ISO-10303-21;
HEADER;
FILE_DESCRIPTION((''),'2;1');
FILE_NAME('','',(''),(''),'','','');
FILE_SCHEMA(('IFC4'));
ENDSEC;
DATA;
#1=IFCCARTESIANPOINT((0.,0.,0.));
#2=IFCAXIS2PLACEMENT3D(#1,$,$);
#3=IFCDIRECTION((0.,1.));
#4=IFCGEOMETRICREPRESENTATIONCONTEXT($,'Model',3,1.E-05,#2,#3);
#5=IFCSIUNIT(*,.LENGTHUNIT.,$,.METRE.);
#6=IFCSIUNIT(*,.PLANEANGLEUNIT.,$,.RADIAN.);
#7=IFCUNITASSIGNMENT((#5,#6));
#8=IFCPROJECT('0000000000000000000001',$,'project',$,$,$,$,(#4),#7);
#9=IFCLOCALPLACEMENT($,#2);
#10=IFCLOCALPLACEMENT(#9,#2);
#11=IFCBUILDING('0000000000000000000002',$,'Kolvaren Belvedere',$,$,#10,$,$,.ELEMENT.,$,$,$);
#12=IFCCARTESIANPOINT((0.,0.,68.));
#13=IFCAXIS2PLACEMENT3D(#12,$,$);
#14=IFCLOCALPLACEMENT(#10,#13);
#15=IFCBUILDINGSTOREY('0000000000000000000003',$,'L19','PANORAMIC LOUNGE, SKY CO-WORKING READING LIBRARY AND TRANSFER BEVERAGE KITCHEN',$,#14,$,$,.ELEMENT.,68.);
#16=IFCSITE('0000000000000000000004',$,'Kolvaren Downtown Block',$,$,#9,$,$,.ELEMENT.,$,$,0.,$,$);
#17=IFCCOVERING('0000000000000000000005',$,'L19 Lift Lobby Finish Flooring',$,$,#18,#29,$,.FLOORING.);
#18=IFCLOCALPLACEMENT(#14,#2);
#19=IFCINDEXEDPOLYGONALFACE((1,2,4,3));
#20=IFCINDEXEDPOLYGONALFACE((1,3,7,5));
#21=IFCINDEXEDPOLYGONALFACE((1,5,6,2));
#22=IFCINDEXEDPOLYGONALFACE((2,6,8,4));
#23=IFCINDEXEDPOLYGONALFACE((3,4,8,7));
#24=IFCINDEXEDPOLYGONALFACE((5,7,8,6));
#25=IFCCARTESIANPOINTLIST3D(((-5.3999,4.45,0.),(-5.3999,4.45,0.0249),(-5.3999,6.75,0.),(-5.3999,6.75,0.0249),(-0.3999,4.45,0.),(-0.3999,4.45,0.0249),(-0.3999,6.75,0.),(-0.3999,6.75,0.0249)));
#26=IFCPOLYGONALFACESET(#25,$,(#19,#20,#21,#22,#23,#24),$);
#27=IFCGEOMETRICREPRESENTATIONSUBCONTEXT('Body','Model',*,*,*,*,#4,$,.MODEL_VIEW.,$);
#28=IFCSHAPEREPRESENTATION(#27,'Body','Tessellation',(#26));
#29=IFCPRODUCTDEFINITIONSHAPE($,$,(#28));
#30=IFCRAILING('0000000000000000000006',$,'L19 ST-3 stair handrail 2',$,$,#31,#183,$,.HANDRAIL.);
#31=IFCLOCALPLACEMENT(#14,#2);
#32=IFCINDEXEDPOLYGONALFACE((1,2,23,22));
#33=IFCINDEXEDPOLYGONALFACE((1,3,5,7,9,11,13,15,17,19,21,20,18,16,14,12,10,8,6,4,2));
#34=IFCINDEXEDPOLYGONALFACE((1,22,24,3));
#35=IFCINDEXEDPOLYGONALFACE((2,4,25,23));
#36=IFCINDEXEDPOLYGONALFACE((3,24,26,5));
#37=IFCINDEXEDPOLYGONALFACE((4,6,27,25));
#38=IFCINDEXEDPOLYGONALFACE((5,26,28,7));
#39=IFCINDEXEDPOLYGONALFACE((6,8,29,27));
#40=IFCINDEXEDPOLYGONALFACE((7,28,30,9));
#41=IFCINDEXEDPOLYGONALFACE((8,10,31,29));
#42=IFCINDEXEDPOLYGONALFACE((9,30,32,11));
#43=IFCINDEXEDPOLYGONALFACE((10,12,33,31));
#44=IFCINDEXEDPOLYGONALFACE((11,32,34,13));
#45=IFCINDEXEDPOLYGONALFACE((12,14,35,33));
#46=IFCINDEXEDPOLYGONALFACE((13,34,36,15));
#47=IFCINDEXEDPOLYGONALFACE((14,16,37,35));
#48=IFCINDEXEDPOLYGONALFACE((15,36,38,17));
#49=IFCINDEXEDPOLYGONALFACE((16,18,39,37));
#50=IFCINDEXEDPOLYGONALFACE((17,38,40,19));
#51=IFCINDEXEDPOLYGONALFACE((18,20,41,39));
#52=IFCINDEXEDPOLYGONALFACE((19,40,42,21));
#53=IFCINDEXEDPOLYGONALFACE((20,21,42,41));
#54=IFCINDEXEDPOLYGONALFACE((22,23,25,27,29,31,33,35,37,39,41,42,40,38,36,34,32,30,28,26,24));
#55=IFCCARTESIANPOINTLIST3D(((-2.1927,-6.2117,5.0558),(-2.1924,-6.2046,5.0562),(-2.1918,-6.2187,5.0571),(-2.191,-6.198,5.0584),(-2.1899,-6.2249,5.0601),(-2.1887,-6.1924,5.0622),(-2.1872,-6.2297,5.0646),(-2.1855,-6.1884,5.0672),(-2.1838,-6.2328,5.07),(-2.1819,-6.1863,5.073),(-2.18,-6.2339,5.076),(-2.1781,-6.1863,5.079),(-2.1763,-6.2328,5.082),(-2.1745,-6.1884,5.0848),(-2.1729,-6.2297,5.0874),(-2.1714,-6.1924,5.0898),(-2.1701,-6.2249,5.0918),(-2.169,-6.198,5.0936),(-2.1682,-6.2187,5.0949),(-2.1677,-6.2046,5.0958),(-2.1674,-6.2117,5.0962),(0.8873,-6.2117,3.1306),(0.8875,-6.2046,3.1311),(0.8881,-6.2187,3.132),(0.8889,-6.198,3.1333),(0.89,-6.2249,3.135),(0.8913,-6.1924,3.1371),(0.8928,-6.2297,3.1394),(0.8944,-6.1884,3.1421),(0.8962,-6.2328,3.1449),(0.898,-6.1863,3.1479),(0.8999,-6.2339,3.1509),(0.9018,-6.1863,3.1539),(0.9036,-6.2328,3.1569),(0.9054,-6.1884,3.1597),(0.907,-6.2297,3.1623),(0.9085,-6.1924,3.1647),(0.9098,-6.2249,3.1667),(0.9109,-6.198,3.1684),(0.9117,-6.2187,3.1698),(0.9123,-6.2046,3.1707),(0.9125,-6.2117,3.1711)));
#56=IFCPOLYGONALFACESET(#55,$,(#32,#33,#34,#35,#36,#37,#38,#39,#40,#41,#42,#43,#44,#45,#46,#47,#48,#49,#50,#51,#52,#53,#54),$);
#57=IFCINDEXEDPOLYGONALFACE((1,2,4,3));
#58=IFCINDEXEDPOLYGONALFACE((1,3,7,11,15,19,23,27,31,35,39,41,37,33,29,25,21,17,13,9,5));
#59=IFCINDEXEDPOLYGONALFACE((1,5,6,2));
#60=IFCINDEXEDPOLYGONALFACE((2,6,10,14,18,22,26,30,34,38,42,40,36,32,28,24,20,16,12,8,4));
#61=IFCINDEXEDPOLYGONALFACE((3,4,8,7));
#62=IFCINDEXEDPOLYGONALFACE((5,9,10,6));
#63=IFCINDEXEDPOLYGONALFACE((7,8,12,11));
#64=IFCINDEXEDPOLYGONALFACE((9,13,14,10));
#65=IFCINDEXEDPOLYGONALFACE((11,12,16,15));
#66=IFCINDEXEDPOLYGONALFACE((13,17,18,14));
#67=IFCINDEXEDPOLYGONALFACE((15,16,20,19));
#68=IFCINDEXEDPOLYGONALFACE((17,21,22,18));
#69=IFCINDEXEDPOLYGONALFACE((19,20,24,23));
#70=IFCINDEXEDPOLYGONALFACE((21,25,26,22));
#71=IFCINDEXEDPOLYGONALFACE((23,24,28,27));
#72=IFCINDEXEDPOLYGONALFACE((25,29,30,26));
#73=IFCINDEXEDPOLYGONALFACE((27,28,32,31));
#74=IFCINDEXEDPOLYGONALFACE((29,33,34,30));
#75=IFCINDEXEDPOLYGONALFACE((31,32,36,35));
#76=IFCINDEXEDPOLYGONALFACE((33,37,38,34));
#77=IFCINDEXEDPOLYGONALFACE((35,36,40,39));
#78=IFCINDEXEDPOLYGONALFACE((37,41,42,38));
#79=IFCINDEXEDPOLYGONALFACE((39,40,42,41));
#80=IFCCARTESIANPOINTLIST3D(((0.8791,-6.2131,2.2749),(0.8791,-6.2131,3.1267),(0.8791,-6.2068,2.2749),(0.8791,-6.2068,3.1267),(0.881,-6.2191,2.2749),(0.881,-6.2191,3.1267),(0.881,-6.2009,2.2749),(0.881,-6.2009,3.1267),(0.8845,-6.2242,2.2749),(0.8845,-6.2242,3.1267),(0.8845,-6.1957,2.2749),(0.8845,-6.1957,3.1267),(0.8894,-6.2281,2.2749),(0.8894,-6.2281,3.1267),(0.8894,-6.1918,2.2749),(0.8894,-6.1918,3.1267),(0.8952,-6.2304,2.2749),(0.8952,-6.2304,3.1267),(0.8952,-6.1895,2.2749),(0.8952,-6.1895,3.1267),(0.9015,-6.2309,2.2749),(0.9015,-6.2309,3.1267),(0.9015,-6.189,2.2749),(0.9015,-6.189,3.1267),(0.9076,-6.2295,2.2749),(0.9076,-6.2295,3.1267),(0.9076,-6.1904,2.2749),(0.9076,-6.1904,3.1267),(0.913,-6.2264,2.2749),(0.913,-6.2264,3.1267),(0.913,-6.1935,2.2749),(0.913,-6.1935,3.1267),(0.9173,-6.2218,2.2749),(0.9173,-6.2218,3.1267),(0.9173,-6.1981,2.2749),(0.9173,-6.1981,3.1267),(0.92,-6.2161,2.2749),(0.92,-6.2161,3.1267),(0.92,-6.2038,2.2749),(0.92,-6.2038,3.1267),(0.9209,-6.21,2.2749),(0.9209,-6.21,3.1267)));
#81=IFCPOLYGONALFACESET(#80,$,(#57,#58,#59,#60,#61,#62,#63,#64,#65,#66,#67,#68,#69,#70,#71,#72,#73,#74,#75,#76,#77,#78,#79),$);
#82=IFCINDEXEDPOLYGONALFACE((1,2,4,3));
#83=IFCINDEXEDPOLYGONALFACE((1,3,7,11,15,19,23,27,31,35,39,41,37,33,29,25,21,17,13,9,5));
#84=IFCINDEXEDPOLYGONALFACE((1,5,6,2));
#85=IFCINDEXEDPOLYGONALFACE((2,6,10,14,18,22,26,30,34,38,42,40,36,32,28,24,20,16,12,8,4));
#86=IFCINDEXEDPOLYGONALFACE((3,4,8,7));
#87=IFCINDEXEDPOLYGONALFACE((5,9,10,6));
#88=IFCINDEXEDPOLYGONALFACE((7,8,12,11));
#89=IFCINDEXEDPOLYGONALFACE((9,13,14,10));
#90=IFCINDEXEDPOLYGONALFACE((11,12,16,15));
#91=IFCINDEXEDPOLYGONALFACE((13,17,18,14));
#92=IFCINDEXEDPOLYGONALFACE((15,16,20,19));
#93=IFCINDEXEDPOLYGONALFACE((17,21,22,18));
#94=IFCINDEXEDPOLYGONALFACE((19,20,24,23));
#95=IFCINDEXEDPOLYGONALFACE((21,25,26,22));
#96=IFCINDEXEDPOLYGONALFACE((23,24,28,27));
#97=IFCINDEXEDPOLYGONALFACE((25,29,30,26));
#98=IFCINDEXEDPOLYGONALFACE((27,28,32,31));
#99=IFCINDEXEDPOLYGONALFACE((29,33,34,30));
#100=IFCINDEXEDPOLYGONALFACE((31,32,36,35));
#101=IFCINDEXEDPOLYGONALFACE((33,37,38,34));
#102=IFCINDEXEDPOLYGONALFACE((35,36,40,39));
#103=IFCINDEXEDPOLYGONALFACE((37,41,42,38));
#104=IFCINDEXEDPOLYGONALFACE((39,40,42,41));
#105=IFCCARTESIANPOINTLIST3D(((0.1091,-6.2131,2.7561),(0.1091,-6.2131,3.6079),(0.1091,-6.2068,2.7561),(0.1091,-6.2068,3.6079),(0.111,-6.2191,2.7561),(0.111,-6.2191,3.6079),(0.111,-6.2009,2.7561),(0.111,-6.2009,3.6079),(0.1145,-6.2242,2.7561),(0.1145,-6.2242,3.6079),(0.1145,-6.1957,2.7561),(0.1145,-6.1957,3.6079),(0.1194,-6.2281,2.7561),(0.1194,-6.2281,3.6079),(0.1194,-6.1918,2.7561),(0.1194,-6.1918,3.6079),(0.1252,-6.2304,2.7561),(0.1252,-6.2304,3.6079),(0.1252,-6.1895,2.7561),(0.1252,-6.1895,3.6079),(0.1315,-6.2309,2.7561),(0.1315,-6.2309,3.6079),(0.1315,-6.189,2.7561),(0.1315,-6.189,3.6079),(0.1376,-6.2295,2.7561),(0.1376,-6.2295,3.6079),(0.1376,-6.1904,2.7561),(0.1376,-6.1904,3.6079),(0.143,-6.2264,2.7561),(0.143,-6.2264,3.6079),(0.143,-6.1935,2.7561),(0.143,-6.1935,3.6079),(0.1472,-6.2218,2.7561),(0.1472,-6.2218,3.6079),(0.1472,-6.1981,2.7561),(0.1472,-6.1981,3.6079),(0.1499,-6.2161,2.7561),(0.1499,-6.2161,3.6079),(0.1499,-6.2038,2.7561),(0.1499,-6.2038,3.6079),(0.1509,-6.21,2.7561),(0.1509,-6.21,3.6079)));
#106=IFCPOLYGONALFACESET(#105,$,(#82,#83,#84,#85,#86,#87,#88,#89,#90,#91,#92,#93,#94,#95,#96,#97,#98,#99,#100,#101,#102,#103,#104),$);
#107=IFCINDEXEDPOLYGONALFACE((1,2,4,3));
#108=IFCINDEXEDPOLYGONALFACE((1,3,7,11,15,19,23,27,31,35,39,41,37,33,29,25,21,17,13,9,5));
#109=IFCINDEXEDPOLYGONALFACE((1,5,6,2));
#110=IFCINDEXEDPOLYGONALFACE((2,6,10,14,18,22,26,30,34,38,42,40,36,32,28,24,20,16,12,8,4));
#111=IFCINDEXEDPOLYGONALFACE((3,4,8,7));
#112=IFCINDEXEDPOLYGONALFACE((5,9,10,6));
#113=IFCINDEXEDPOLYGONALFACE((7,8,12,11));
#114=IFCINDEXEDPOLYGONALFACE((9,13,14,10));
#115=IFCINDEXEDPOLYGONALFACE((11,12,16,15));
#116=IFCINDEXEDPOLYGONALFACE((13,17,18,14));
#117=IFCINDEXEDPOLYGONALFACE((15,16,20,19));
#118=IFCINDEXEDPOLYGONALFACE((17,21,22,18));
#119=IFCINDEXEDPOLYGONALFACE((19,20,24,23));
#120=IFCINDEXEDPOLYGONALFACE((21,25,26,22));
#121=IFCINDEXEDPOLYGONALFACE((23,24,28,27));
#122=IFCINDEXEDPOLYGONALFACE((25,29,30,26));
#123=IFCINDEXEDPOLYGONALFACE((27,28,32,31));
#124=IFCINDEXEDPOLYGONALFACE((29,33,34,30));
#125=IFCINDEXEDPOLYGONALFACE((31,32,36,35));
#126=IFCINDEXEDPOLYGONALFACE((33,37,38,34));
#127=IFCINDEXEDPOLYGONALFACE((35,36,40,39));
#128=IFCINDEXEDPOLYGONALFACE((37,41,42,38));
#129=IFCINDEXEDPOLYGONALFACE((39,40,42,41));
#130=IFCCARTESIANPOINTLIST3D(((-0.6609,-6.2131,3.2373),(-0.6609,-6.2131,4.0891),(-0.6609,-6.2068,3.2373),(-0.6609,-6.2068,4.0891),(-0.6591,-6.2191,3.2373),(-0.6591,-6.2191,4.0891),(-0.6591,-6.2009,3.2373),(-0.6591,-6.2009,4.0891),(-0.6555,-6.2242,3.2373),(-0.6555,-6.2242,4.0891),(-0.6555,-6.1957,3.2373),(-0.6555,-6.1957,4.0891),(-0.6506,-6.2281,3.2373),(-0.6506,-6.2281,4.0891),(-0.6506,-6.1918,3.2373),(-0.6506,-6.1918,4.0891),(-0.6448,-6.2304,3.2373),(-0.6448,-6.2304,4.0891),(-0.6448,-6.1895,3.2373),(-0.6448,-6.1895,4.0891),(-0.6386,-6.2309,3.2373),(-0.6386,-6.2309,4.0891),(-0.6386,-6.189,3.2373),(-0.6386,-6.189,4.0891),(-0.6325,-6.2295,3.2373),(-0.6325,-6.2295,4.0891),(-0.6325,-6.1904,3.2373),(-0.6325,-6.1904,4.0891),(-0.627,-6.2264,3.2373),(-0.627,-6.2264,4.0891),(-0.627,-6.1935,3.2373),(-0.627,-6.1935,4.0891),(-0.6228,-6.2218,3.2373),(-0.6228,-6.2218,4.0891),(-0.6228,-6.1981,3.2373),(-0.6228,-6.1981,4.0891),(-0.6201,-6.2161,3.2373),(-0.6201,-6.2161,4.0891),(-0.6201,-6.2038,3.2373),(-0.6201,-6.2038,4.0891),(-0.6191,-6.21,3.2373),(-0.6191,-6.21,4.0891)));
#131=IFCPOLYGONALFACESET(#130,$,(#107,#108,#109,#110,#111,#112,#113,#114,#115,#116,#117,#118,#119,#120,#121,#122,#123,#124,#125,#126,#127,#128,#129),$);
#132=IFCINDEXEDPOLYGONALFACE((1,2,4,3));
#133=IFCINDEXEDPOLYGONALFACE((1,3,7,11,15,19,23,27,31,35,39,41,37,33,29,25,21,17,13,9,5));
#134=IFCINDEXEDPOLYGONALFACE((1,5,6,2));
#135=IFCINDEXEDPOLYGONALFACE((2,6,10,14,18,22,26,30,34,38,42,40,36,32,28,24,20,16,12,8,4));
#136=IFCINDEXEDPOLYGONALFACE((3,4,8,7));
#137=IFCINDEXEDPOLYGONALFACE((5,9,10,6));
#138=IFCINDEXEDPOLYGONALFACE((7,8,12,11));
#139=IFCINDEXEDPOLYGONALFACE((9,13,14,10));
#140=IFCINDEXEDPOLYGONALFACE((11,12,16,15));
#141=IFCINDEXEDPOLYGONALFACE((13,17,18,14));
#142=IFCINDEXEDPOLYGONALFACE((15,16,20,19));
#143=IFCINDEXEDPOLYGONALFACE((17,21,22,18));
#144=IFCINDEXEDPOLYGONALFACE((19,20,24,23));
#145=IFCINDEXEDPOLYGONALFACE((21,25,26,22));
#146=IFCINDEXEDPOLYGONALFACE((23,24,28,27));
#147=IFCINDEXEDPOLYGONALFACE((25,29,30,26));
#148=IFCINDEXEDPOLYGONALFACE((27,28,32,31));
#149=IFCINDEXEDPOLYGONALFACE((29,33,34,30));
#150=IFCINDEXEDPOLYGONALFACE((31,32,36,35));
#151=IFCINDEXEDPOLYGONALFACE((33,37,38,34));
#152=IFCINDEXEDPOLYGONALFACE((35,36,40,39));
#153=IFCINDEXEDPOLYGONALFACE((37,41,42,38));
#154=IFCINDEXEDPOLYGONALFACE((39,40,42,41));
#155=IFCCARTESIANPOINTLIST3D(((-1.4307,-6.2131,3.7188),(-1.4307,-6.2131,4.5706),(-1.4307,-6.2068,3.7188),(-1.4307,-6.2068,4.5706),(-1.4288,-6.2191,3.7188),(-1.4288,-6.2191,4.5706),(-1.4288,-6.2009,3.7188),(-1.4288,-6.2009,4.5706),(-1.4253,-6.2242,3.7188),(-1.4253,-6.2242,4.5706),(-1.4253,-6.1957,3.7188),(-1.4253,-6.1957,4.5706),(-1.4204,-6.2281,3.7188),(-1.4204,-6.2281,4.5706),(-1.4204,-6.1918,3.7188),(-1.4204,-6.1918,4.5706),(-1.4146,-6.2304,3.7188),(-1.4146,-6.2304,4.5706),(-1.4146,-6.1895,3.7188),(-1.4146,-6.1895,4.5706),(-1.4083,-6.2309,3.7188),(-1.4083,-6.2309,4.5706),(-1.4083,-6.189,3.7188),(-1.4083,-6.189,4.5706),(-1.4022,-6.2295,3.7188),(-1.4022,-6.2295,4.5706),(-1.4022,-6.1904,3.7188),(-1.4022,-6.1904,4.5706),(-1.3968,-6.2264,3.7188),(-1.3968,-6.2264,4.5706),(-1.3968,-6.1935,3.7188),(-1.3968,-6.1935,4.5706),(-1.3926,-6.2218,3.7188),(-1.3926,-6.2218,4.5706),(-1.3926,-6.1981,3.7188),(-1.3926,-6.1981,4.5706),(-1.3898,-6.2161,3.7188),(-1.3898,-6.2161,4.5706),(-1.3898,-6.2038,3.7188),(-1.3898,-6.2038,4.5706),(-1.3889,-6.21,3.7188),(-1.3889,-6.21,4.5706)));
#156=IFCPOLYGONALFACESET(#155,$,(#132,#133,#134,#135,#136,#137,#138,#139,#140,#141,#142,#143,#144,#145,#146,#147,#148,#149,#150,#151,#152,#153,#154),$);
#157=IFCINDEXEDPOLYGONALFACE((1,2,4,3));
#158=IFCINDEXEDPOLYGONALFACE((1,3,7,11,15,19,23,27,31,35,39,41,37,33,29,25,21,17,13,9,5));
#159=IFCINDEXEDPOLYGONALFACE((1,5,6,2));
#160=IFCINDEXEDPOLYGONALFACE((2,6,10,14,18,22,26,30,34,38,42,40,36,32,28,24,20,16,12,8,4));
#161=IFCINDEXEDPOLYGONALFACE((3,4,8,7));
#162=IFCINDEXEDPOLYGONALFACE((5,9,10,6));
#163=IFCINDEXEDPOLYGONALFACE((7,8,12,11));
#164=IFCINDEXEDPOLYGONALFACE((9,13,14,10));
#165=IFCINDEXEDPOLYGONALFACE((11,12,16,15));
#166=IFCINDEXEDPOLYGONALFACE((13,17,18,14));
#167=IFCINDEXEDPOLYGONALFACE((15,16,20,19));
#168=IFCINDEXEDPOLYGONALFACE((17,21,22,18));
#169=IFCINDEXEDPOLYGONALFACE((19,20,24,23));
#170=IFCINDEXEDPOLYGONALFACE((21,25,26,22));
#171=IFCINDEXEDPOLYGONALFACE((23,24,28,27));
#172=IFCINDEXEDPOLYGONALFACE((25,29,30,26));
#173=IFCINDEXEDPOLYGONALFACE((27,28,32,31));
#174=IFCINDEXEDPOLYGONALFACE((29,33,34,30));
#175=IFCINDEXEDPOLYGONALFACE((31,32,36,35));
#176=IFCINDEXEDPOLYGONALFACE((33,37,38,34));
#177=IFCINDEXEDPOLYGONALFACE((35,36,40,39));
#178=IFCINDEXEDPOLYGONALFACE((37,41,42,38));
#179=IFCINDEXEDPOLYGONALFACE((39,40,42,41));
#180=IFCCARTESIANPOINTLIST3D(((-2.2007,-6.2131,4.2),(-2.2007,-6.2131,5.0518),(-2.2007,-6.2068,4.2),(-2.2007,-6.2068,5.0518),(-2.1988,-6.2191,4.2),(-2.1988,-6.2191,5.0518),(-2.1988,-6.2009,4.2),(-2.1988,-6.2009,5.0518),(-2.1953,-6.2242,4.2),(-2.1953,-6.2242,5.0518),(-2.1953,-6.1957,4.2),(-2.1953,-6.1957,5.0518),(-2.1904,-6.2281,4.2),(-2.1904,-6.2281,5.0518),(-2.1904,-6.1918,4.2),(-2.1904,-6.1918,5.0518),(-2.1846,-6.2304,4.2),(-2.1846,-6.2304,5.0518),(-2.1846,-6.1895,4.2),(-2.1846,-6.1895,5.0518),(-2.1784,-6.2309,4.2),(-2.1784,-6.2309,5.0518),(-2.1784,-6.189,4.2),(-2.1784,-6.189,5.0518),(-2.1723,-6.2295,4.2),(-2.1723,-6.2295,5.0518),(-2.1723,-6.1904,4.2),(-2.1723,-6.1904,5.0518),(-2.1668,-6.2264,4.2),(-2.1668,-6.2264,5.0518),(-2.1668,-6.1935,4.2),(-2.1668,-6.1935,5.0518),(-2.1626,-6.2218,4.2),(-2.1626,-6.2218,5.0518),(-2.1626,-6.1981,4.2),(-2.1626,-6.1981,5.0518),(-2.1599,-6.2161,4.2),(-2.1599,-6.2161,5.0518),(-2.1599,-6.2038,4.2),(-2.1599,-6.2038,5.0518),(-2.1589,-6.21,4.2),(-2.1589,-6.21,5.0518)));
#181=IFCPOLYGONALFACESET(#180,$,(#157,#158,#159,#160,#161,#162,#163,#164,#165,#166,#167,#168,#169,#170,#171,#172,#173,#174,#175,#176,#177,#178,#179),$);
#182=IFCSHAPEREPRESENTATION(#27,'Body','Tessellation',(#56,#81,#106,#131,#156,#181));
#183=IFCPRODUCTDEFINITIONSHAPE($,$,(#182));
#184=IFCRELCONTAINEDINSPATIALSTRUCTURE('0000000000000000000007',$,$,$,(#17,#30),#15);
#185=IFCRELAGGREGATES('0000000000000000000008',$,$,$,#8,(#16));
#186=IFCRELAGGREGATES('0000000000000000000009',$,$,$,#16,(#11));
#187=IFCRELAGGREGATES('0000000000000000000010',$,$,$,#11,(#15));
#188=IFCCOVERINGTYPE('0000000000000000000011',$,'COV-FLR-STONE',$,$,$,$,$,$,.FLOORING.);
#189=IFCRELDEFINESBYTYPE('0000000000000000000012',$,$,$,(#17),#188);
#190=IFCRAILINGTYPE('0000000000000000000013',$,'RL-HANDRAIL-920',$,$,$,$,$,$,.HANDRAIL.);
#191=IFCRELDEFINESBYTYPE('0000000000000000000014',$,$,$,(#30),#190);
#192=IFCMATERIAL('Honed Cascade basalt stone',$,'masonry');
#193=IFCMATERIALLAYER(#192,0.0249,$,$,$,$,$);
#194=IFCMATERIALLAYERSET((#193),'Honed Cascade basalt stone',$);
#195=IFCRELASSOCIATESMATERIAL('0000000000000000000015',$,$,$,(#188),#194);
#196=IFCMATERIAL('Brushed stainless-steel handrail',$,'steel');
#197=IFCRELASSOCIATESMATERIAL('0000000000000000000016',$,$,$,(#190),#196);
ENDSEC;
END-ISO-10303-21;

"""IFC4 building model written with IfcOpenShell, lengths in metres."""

from ifc_helpers import new_model, si_unit, direction, frame, origin, origin_2d, place, context, subcontext, project, spatial, polyline, circle, outline, extrude, material, layer, layer_set, type_object, element, save


model = new_model("IFC4")

# Units and contexts
model_context = context("Model", 3, precision=1e-05, world=origin(), true_north=direction((0.0, 1.0)))
body_context = subcontext(model_context, "Body", "Model", "MODEL_VIEW")
ifc_project = project(units=[si_unit("LENGTHUNIT", "METRE"), si_unit("PLANEANGLEUNIT", "RADIAN")], contexts=[model_context])

# Site, building, storey
site_placement = place(None, origin())
site = spatial("IfcSite", under=ifc_project, at=site_placement, Name="Kolvaren Downtown Block", CompositionType="ELEMENT", RefElevation=0.0)
building_placement = place(site_placement, origin())
building = spatial("IfcBuilding", under=site, at=building_placement, Name="Kolvaren Belvedere", CompositionType="ELEMENT")
storey_placement = place(building_placement, frame((0.0, 0.0, 68.0)))
storey = spatial("IfcBuildingStorey", under=building, at=storey_placement, Name="L19", Description="PANORAMIC LOUNGE, SKY CO-WORKING READING LIBRARY AND TRANSFER BEVERAGE KITCHEN", CompositionType="ELEMENT", Elevation=68.0)

# Covering
ifc_material_1 = material(Name="Honed Cascade basalt stone", Category="masonry")
ifc_layer_1 = layer(ifc_material_1, 0.0249)
ifc_layer_set_1 = layer_set([ifc_layer_1], Name="Honed Cascade basalt stone")
covering_type_1 = type_object("IfcCoveringType", Name="COV-FLR-STONE", PredefinedType="FLOORING", material=ifc_layer_set_1)
covering_1_placement = place(storey_placement, origin())
element("IfcCovering", 1, at=covering_1_placement, inside=storey, type_object=covering_type_1, Name="L19 Lift Lobby Finish Flooring", PredefinedType="FLOORING", context=body_context, shape_type="SweptSolid", body=[
    extrude(outline(polyline([(-5.3999, 4.45), (-0.3999, 4.45), (-0.3999, 6.75), (-5.3999, 6.75), (-5.3999, 4.45)])), origin(), (0.0, 0.0, 1.0), 0.0249),
])

# Railing
ifc_material_2 = material(Name="Brushed stainless-steel handrail", Category="steel")
railing_type_1 = type_object("IfcRailingType", Name="RL-HANDRAIL-920", PredefinedType="HANDRAIL", material=ifc_material_2)
railing_1_placement = place(storey_placement, frame((0.8999, -6.21, 2.2749)))
element("IfcRailing", 2, at=railing_1_placement, inside=storey, type_object=railing_type_1, Name="L19 ST-3 stair handrail 2", PredefinedType="HANDRAIL", context=body_context, shape_type="SweptSolid", body=[
    extrude(circle(Radius=0.0239, at=origin_2d()), frame((0.0, 0.0, 0.876), z_axis=(-0.847979, 0.0, 0.530029), x_axis=(0.0, -1.0, 0.0)), (0.0, 0.0, 1.0), 3.6321),
    extrude(circle(Radius=0.021, at=origin_2d()), origin(), (0.0, 0.0, 1.0), 0.8518),
    extrude(circle(Radius=0.021, at=origin_2d()), frame((-0.77, 0.0, 0.4812)), (0.0, 0.0, 1.0), 0.8518),
    extrude(circle(Radius=0.021, at=origin_2d()), frame((-1.54, 0.0, 0.9624)), (0.0, 0.0, 1.0), 0.8518),
    extrude(circle(Radius=0.021, at=origin_2d()), frame((-2.3098, 0.0, 1.4438)), (0.0, 0.0, 1.0), 0.8518),
    extrude(circle(Radius=0.021, at=origin_2d()), frame((-3.0798, 0.0, 1.925)), (0.0, 0.0, 1.0), 0.8518),
])

save(model, "model.ifc")
